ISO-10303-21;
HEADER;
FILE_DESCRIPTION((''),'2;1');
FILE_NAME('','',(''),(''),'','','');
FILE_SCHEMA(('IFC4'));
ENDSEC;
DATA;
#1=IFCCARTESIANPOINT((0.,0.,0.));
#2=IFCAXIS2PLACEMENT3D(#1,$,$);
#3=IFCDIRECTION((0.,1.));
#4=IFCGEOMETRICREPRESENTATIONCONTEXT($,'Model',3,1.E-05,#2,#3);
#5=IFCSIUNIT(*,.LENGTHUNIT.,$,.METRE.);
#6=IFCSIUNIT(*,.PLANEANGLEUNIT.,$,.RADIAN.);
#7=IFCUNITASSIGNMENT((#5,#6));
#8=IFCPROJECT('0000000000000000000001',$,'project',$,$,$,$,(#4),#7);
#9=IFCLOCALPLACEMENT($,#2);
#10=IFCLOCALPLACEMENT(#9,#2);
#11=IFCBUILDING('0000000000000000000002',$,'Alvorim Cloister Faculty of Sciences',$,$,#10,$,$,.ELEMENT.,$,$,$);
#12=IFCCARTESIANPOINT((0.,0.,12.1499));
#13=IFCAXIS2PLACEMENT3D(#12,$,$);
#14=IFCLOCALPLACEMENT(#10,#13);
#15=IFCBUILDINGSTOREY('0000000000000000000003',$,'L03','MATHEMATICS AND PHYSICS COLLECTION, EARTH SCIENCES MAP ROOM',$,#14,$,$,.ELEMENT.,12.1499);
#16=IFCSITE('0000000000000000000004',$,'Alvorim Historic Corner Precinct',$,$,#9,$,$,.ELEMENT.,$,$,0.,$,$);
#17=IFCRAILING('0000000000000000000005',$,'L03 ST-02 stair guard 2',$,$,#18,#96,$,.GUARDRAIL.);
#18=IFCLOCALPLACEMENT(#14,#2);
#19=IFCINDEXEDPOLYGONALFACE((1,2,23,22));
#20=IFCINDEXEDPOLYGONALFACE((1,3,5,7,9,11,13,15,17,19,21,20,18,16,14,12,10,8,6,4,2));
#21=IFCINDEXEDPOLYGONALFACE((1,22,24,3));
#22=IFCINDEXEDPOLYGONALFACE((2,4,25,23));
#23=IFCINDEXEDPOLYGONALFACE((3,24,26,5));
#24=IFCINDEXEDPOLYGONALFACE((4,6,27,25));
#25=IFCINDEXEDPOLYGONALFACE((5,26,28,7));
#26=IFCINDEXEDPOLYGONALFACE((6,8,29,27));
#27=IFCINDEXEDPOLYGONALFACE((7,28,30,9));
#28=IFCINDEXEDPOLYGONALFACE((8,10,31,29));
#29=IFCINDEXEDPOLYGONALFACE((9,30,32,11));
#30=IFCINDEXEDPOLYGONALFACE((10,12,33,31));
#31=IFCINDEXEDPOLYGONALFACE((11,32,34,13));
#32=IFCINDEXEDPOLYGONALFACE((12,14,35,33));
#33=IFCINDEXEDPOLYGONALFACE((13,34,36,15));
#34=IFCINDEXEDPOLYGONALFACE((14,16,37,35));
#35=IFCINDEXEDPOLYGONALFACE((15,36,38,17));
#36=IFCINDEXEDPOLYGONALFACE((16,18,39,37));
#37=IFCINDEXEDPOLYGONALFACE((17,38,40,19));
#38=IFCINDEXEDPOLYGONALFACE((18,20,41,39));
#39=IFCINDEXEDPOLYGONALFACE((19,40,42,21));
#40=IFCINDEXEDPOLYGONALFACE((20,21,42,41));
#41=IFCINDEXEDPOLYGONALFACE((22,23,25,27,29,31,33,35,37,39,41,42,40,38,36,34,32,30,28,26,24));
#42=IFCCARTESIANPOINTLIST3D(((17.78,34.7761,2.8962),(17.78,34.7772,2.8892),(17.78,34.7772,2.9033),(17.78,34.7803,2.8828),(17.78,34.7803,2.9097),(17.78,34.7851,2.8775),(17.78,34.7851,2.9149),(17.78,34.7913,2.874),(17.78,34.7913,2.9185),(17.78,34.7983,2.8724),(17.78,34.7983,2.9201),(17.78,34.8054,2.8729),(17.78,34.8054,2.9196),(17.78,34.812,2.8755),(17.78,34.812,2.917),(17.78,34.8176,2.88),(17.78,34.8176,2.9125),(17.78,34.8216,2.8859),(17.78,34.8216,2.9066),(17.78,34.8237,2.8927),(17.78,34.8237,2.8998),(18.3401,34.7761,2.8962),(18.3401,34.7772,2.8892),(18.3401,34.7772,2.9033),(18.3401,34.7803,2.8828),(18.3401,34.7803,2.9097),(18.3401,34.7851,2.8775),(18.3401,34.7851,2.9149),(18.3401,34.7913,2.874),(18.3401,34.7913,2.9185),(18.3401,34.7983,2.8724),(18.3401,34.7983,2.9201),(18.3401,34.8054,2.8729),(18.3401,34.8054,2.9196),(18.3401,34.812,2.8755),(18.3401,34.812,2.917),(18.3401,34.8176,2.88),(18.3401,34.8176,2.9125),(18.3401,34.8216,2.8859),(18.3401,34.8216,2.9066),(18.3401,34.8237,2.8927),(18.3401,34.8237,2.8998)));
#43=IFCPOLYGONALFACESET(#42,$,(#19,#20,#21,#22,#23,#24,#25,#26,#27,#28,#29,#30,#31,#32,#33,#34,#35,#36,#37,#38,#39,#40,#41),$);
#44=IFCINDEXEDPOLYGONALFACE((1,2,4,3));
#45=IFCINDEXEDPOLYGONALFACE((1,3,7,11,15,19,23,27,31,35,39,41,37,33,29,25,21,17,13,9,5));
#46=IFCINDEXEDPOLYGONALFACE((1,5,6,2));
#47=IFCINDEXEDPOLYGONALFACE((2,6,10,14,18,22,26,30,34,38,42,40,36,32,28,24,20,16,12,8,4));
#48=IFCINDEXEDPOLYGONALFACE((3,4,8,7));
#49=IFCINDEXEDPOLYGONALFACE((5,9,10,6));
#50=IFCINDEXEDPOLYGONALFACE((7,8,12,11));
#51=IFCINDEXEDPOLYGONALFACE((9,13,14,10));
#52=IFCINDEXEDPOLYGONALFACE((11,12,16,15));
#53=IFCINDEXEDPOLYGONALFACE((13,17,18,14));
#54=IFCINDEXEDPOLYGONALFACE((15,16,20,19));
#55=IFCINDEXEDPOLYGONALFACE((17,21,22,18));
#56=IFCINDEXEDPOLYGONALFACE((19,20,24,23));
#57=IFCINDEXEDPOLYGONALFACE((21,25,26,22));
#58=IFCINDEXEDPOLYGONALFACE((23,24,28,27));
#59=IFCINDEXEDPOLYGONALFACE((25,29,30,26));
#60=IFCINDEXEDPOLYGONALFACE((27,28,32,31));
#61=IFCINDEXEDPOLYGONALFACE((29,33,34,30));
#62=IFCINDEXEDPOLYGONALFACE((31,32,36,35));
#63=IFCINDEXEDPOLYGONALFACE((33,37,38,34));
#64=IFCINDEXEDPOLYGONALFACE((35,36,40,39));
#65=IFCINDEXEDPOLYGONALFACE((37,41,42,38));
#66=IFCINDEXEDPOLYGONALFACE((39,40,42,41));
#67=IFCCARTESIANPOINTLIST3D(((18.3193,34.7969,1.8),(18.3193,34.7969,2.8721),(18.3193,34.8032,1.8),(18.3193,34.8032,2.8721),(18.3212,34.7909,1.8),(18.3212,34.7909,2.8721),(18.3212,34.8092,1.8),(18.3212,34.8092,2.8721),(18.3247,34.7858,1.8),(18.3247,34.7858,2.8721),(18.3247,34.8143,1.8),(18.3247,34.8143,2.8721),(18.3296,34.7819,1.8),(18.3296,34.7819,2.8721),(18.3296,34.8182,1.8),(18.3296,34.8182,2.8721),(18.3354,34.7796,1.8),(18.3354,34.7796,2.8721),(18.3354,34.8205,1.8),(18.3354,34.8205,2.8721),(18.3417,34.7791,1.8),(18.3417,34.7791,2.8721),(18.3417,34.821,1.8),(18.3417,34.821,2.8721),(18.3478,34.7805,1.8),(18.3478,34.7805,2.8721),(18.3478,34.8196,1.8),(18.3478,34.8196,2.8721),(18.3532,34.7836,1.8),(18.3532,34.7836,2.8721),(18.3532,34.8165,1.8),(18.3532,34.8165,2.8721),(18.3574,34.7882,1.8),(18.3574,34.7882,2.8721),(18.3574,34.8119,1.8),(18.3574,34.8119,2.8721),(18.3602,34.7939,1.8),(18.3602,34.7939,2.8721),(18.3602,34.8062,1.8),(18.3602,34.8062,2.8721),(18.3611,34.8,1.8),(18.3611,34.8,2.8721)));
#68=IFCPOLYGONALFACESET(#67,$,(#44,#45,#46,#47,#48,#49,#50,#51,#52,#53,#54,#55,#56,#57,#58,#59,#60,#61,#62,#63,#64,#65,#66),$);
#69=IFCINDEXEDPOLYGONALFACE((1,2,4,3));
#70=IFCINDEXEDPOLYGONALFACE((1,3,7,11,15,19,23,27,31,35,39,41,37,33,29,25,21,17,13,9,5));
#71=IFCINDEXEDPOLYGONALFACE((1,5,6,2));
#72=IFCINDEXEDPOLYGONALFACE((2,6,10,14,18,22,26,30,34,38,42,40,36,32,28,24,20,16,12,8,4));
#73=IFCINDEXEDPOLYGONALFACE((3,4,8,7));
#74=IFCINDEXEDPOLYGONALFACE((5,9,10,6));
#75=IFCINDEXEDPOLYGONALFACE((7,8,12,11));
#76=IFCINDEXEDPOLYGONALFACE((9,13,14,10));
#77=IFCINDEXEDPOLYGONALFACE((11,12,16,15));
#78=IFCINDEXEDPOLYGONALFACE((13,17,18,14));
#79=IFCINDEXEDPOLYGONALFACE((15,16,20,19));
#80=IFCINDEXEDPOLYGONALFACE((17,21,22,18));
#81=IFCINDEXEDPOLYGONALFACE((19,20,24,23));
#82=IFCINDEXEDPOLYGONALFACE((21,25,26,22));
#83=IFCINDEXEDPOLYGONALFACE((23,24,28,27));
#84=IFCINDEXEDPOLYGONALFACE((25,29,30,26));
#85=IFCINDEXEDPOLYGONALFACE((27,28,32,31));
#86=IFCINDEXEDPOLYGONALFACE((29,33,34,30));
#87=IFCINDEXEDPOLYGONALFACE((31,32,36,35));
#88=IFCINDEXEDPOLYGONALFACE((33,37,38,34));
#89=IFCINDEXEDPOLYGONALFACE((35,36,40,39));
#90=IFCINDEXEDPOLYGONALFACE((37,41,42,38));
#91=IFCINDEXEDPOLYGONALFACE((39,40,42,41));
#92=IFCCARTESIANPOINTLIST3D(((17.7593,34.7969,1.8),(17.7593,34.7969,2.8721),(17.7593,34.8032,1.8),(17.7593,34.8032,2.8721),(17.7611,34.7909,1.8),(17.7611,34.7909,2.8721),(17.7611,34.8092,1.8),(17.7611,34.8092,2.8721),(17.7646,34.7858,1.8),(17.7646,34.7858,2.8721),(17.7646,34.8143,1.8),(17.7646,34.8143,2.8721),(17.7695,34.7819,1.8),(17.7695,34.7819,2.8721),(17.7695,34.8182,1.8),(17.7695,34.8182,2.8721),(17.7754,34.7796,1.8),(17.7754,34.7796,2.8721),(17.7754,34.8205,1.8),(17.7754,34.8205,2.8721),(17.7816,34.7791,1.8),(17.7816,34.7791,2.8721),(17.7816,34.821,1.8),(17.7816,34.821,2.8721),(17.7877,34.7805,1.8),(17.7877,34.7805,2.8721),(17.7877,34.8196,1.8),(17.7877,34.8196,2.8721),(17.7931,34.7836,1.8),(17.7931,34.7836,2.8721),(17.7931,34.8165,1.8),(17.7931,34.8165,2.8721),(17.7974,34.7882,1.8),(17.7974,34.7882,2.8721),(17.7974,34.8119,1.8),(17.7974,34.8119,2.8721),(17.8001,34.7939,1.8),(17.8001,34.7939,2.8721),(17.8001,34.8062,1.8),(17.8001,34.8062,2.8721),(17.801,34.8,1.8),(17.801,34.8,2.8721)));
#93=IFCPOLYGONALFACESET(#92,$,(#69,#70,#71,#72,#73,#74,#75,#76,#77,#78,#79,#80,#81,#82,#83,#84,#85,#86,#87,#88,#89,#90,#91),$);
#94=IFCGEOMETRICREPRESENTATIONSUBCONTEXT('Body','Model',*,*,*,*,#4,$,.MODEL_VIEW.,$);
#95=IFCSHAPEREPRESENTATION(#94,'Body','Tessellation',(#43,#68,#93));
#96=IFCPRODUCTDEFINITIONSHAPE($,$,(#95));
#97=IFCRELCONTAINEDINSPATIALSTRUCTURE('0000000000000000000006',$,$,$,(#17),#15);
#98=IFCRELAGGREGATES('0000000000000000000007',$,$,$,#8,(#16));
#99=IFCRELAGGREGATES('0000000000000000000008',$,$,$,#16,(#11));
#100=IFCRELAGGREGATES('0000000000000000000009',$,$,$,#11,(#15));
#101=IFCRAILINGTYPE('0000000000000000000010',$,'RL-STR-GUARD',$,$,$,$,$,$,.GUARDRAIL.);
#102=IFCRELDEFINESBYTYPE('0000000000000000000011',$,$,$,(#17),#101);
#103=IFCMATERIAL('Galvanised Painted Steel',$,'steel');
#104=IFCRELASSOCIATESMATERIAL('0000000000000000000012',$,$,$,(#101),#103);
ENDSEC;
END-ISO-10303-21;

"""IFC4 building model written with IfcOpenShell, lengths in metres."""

from ifc_helpers import new_model, si_unit, direction, frame, origin, origin_2d, place, context, subcontext, project, spatial, circle, extrude, material, type_object, element, save


model = new_model("IFC4")

# Units and contexts
model_context = context("Model", 3, precision=1e-05, world=origin(), true_north=direction((0.0, 1.0)))
body_context = subcontext(model_context, "Body", "Model", "MODEL_VIEW")
ifc_project = project(units=[si_unit("LENGTHUNIT", "METRE"), si_unit("PLANEANGLEUNIT", "RADIAN")], contexts=[model_context])

# Site, building, storey
site_placement = place(None, origin())
site = spatial("IfcSite", under=ifc_project, at=site_placement, Name="Alvorim Historic Corner Precinct", CompositionType="ELEMENT", RefElevation=0.0)
building_placement = place(site_placement, origin())
building = spatial("IfcBuilding", under=site, at=building_placement, Name="Alvorim Cloister Faculty of Sciences", CompositionType="ELEMENT")
storey_placement = place(building_placement, frame((0.0, 0.0, 12.1499)))
storey = spatial("IfcBuildingStorey", under=building, at=storey_placement, Name="L03", Description="MATHEMATICS AND PHYSICS COLLECTION, EARTH SCIENCES MAP ROOM", CompositionType="ELEMENT", Elevation=12.1499)

# Railing
ifc_material_1 = material(Name="Galvanised Painted Steel", Category="steel")
railing_type_1 = type_object("IfcRailingType", Name="RL-STR-GUARD", PredefinedType="GUARDRAIL", material=ifc_material_1)
railing_1_placement = place(storey_placement, frame((18.3401, 34.8, 1.8)))
element("IfcRailing", 1, at=railing_1_placement, inside=storey, type_object=railing_type_1, Name="L03 ST-02 stair guard 2", PredefinedType="GUARDRAIL", context=body_context, shape_type="SweptSolid", body=[
    extrude(circle(Radius=0.0239, at=origin_2d()), frame((0.0, 0.0, 1.0962), z_axis=(-1.0, 0.0, 0.0), x_axis=(0.0, -1.0, 0.0)), (0.0, 0.0, 1.0), 0.5601),
    extrude(circle(Radius=0.021, at=origin_2d()), origin(), (0.0, 0.0, 1.0), 1.072),
    extrude(circle(Radius=0.021, at=origin_2d()), frame((-0.5601, 0.0, 0.0)), (0.0, 0.0, 1.0), 1.072),
])

save(model, "model.ifc")
